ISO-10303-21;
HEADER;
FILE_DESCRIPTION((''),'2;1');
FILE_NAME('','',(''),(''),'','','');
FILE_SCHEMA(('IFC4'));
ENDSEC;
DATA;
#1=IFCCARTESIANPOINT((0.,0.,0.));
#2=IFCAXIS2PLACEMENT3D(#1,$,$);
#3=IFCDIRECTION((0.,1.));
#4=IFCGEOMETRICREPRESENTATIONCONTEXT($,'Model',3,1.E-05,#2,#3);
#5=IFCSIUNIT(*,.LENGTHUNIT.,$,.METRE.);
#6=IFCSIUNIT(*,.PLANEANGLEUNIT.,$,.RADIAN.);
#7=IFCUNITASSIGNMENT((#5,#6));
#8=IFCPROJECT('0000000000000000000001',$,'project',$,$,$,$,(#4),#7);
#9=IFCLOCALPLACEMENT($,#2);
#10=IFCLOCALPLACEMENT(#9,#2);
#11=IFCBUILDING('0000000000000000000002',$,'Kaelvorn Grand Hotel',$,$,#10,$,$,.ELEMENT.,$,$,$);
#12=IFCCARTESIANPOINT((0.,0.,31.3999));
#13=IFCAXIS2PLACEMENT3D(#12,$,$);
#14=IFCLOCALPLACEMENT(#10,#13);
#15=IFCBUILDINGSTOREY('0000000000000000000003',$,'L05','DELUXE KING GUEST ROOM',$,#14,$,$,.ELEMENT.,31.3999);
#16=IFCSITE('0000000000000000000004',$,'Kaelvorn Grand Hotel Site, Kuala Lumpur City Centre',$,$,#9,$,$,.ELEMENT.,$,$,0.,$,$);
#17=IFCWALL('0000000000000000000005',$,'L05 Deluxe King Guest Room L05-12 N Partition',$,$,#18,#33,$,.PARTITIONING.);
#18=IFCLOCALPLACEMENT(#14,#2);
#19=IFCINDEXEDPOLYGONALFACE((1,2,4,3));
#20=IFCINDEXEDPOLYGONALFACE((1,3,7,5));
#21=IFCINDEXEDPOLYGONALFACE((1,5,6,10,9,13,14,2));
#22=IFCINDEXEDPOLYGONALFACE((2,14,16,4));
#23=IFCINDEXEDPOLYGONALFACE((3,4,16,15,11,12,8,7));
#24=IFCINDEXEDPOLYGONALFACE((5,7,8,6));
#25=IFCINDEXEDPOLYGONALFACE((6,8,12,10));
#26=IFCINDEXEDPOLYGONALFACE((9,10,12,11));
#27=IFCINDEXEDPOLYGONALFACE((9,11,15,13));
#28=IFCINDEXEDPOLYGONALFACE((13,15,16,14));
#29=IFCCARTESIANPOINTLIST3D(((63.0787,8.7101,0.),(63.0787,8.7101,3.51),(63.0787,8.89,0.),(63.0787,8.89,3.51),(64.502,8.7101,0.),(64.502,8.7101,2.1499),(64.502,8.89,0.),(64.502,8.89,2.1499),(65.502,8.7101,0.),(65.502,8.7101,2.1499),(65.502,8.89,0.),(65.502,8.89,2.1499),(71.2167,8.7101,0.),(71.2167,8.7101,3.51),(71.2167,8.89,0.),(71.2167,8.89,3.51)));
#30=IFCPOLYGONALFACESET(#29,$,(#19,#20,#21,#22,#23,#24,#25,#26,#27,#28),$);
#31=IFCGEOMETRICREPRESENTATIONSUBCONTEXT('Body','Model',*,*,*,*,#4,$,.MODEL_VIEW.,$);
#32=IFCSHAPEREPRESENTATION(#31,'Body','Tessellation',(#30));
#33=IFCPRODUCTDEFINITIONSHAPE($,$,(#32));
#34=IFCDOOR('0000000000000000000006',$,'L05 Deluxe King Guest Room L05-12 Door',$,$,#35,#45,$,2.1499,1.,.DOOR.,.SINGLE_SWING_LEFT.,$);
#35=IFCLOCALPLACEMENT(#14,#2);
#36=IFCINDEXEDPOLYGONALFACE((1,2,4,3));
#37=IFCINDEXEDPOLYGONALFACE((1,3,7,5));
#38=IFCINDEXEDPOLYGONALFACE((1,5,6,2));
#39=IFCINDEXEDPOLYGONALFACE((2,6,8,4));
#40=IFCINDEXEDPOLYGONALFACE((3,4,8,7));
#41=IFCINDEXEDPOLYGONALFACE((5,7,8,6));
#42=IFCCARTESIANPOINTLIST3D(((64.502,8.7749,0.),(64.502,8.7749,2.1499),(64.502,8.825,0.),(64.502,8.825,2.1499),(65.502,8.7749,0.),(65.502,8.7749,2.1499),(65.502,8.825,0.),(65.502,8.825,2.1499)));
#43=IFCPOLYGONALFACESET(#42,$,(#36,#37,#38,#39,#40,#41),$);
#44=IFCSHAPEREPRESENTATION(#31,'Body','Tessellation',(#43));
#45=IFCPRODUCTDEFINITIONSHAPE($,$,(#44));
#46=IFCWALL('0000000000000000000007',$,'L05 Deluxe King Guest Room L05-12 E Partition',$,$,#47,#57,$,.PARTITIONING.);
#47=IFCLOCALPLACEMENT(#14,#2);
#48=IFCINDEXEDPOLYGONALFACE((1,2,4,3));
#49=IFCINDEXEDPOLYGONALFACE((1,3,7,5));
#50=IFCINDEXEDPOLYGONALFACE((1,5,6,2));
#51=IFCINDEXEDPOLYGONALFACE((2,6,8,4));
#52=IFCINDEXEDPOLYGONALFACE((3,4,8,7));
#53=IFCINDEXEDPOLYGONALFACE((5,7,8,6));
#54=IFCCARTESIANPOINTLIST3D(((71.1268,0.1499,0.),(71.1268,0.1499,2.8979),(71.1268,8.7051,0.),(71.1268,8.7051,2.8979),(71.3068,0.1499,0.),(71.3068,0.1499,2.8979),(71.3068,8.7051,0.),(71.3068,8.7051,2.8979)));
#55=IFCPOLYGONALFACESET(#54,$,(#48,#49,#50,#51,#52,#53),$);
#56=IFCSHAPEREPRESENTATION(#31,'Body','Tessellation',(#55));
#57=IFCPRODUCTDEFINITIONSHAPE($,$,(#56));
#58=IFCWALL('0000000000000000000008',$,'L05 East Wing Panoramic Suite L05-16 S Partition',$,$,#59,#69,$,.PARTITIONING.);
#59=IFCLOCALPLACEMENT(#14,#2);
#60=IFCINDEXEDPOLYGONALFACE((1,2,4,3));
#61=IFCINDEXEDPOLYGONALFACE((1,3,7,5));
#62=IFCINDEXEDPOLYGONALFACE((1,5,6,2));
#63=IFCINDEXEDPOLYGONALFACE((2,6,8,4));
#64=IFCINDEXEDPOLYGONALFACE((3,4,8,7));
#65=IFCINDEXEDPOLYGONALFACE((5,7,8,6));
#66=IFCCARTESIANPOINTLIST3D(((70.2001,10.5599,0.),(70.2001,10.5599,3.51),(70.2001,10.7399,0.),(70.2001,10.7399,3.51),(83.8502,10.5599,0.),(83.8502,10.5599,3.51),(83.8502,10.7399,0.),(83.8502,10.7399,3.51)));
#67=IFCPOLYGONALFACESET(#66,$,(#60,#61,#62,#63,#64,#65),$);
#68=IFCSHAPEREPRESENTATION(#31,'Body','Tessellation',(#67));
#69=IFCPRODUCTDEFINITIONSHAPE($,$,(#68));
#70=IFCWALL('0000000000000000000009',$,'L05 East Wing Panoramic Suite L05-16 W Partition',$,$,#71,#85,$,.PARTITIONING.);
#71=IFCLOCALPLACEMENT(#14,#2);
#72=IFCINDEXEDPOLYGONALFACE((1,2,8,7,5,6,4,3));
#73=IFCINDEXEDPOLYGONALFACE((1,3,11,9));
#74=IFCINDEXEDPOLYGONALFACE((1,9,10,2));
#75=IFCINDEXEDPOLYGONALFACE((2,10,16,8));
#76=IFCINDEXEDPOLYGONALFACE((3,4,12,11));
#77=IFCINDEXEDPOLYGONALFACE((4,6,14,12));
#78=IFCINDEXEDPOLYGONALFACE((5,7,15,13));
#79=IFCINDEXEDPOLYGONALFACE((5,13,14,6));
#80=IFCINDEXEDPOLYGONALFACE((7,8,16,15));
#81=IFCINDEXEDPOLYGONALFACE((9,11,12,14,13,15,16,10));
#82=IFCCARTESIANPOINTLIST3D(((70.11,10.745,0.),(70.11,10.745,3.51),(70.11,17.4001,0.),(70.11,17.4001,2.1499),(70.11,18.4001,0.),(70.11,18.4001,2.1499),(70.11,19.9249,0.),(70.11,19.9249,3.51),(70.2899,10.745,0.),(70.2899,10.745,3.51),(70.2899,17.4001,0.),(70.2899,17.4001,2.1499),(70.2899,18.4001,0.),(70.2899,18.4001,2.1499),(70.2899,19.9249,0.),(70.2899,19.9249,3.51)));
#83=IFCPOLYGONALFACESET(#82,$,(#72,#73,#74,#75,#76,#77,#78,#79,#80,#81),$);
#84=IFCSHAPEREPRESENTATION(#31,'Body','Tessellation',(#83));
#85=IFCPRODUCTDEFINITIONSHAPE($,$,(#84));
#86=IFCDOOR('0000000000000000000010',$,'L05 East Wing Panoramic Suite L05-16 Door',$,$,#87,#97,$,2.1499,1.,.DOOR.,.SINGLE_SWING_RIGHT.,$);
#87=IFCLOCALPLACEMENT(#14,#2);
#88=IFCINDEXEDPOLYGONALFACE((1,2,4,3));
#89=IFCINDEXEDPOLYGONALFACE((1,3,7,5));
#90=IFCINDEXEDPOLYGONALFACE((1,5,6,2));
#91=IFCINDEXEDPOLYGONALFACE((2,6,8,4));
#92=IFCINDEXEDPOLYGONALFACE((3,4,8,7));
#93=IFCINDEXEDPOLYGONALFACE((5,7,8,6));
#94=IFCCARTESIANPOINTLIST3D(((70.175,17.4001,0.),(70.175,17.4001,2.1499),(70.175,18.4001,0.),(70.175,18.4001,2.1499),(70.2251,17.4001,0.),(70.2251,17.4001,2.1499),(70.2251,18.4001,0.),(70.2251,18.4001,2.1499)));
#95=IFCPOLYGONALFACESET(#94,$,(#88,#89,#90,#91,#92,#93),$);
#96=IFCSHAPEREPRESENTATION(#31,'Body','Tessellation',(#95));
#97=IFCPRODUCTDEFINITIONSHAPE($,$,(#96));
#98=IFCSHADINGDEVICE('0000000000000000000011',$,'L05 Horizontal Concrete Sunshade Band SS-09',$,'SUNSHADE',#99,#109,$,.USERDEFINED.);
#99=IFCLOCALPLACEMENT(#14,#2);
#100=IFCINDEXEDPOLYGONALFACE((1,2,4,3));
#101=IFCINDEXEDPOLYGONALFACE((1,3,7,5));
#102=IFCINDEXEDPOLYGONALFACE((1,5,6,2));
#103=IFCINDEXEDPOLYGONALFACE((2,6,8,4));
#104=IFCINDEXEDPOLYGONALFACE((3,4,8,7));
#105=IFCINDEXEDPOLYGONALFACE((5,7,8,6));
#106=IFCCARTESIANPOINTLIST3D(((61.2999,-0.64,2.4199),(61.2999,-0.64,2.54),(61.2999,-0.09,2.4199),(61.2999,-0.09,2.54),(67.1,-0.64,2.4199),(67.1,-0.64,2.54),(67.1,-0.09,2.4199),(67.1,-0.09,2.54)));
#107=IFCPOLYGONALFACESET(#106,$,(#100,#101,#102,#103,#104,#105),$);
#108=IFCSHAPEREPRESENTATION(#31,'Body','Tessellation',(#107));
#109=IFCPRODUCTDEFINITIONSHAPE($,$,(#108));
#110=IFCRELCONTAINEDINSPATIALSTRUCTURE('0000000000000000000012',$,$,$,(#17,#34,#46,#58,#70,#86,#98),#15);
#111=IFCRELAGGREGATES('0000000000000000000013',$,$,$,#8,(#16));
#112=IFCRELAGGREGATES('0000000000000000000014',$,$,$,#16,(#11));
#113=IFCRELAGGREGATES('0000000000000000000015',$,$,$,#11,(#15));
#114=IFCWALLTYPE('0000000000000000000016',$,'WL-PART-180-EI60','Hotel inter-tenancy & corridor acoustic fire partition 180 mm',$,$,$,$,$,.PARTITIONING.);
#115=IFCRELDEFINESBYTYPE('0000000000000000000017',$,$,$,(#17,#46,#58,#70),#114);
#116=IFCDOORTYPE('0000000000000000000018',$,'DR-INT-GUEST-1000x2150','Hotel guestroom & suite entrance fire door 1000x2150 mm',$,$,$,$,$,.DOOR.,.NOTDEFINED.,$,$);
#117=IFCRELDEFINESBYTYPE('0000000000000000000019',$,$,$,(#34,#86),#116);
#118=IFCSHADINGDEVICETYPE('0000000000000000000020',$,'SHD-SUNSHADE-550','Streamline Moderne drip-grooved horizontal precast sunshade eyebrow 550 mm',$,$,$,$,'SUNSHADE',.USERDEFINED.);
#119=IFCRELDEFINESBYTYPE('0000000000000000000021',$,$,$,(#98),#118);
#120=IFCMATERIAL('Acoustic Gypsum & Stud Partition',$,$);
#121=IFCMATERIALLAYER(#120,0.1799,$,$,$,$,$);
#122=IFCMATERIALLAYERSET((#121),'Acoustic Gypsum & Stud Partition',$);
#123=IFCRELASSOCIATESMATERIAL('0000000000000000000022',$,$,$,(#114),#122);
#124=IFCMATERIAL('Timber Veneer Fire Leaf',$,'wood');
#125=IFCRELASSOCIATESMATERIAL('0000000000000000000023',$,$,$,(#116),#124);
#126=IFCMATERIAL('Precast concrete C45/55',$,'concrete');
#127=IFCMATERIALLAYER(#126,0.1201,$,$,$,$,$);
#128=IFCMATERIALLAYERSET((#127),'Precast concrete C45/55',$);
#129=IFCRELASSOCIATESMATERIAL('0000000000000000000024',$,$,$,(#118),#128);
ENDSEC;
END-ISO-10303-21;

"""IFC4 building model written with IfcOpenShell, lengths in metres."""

from ifc_helpers import new_model, si_unit, direction, frame, frame_2d, origin, origin_2d, place, context, subcontext, project, spatial, rectangle, extrude, material, layer, layer_set, type_object, element, fill, save


model = new_model("IFC4")

# Units and contexts
model_context = context("Model", 3, precision=1e-05, world=origin(), true_north=direction((0.0, 1.0)))
body_context = subcontext(model_context, "Body", "Model", "MODEL_VIEW")
ifc_project = project(units=[si_unit("LENGTHUNIT", "METRE"), si_unit("PLANEANGLEUNIT", "RADIAN")], contexts=[model_context])

# Site, building, storey
site_placement = place(None, origin())
site = spatial("IfcSite", under=ifc_project, at=site_placement, Name="Kaelvorn Grand Hotel Site, Kuala Lumpur City Centre", CompositionType="ELEMENT", RefElevation=0.0)
building_placement = place(site_placement, origin())
building = spatial("IfcBuilding", under=site, at=building_placement, Name="Kaelvorn Grand Hotel", CompositionType="ELEMENT")
storey_placement = place(building_placement, frame((0.0, 0.0, 31.3999)))
storey = spatial("IfcBuildingStorey", under=building, at=storey_placement, Name="L05", Description="DELUXE KING GUEST ROOM", CompositionType="ELEMENT", Elevation=31.3999)

# Shared definitions
ifc_material_1 = material(Name="Acoustic Gypsum & Stud Partition")

# Wall, opening, door
ifc_layer_1 = layer(ifc_material_1, 0.1799)
ifc_layer_set_1 = layer_set([ifc_layer_1], Name="Acoustic Gypsum & Stud Partition")
wall_type_1 = type_object("IfcWallType", Name="WL-PART-180-EI60", Description="Hotel inter-tenancy & corridor acoustic fire partition 180 mm", PredefinedType="PARTITIONING", material=ifc_layer_set_1)
wall_1_placement = place(storey_placement, frame((63.0789, 8.8, 0.0), z_axis=(0.0, 0.0, 1.0), x_axis=(1.0, 0.0, 0.0)))
wall_1 = element("IfcWall", 1, at=wall_1_placement, inside=storey, type_object=wall_type_1, Name="L05 Deluxe King Guest Room L05-12 N Partition", PredefinedType="PARTITIONING", context=body_context, shape_type="SweptSolid", body=[
    extrude(rectangle(XDim=8.1379, YDim=0.1799, at=frame_2d((4.0688, 0.0))), origin(), (0.0, 0.0, 1.0), 3.51),
])
opening_1_placement = place(wall_1_placement, frame((1.4231, 0.0, 0.0)))
opening_1 = element("IfcOpeningElement", 2, at=opening_1_placement, cuts=wall_1, PredefinedType="OPENING", context=body_context, shape_type="SweptSolid", body=[
    extrude(rectangle(XDim=1.0, YDim=2.1499, at=frame_2d((0.5, 1.075))), frame((0.0, 0.1001, 0.0), z_axis=(0.0, -1.0, 0.0), x_axis=(1.0, 0.0, 0.0)), (0.0, 0.0, 1.0), 0.2),
])
ifc_material_2 = material(Name="Timber Veneer Fire Leaf", Category="wood")
door_type_1 = type_object("IfcDoorType", Name="DR-INT-GUEST-1000x2150", Description="Hotel guestroom & suite entrance fire door 1000x2150 mm", OperationType="NOTDEFINED", PredefinedType="DOOR", material=ifc_material_2)
door_1_placement = place(opening_1_placement, origin())
door_1 = element("IfcDoor", 3, at=door_1_placement, inside=storey, type_object=door_type_1, Name="L05 Deluxe King Guest Room L05-12 Door", OperationType="SINGLE_SWING_LEFT", OverallHeight=2.1499, OverallWidth=1.0, PredefinedType="DOOR", context=body_context, shape_type="SweptSolid", body=[
    extrude(rectangle(XDim=1.0, YDim=2.1499, at=frame_2d((0.5, 1.075))), frame((0.0, 0.0249, 0.0), z_axis=(0.0, -1.0, 0.0), x_axis=(1.0, 0.0, 0.0)), (0.0, 0.0, 1.0), 0.05),
])
fill(opening_1, door_1)

# Walls
wall_2_placement = place(storey_placement, frame((71.2168, 0.1499, 0.0), z_axis=(0.0, 0.0, 1.0), x_axis=(0.0, 1.0, 0.0)))
element("IfcWall", 4, at=wall_2_placement, inside=storey, type_object=wall_type_1, Name="L05 Deluxe King Guest Room L05-12 E Partition", PredefinedType="PARTITIONING", context=body_context, shape_type="SweptSolid", body=[
    extrude(rectangle(XDim=8.5552, YDim=0.1799, at=frame_2d((4.2776, 0.0))), origin(), (0.0, 0.0, 1.0), 2.8979),
])
wall_3_placement = place(storey_placement, frame((70.2, 10.6499, 0.0), z_axis=(0.0, 0.0, 1.0), x_axis=(1.0, 0.0, 0.0)))
element("IfcWall", 5, at=wall_3_placement, inside=storey, type_object=wall_type_1, Name="L05 East Wing Panoramic Suite L05-16 S Partition", PredefinedType="PARTITIONING", context=body_context, shape_type="SweptSolid", body=[
    extrude(rectangle(XDim=13.6501, YDim=0.1799, at=frame_2d((6.8252, 0.0))), origin(), (0.0, 0.0, 1.0), 3.51),
])

# Wall, opening, door
wall_4_placement = place(storey_placement, frame((70.2, 10.7451, 0.0), z_axis=(0.0, 0.0, 1.0), x_axis=(0.0, 1.0, 0.0)))
wall_4 = element("IfcWall", 6, at=wall_4_placement, inside=storey, type_object=wall_type_1, Name="L05 East Wing Panoramic Suite L05-16 W Partition", PredefinedType="PARTITIONING", context=body_context, shape_type="SweptSolid", body=[
    extrude(rectangle(XDim=9.1799, YDim=0.1799, at=frame_2d((4.5898, 0.0))), origin(), (0.0, 0.0, 1.0), 3.51),
])
opening_2_placement = place(wall_4_placement, frame((6.655, 0.0, 0.0)))
opening_2 = element("IfcOpeningElement", 7, at=opening_2_placement, cuts=wall_4, PredefinedType="OPENING", context=body_context, shape_type="SweptSolid", body=[
    extrude(rectangle(XDim=1.0, YDim=2.1499, at=frame_2d((0.5, 1.075))), frame((0.0, 0.1001, 0.0), z_axis=(0.0, -1.0, 0.0), x_axis=(1.0, 0.0, 0.0)), (0.0, 0.0, 1.0), 0.2),
])
door_2_placement = place(opening_2_placement, origin())
door_2 = element("IfcDoor", 8, at=door_2_placement, inside=storey, type_object=door_type_1, Name="L05 East Wing Panoramic Suite L05-16 Door", OperationType="SINGLE_SWING_RIGHT", OverallHeight=2.1499, OverallWidth=1.0, PredefinedType="DOOR", context=body_context, shape_type="SweptSolid", body=[
    extrude(rectangle(XDim=1.0, YDim=2.1499, at=frame_2d((0.5, 1.075))), frame((0.0, 0.0249, 0.0), z_axis=(0.0, -1.0, 0.0), x_axis=(1.0, 0.0, 0.0)), (0.0, 0.0, 1.0), 0.05),
])
fill(opening_2, door_2)

# Shading device
ifc_material_3 = material(Name="Precast concrete C45/55", Category="concrete")
ifc_layer_2 = layer(ifc_material_3, 0.1201)
ifc_layer_set_2 = layer_set([ifc_layer_2], Name="Precast concrete C45/55")
shading_device_type = type_object("IfcShadingDeviceType", Name="SHD-SUNSHADE-550", Description="Streamline Moderne drip-grooved horizontal precast sunshade eyebrow 550 mm", ElementType="SUNSHADE", PredefinedType="USERDEFINED", material=ifc_layer_set_2)
shading_device_placement = place(storey_placement, frame((64.2, -0.365, 2.4199), z_axis=(0.0, 0.0, 1.0), x_axis=(1.0, 0.0, 0.0)))
element("IfcShadingDevice", 9, at=shading_device_placement, inside=storey, type_object=shading_device_type, Name="L05 Horizontal Concrete Sunshade Band SS-09", ObjectType="SUNSHADE", PredefinedType="USERDEFINED", context=body_context, shape_type="SweptSolid", body=[
    extrude(rectangle(XDim=5.8, YDim=0.55, at=origin_2d()), origin(), (0.0, 0.0, 1.0), 0.1201),
])

save(model, "model.ifc")
